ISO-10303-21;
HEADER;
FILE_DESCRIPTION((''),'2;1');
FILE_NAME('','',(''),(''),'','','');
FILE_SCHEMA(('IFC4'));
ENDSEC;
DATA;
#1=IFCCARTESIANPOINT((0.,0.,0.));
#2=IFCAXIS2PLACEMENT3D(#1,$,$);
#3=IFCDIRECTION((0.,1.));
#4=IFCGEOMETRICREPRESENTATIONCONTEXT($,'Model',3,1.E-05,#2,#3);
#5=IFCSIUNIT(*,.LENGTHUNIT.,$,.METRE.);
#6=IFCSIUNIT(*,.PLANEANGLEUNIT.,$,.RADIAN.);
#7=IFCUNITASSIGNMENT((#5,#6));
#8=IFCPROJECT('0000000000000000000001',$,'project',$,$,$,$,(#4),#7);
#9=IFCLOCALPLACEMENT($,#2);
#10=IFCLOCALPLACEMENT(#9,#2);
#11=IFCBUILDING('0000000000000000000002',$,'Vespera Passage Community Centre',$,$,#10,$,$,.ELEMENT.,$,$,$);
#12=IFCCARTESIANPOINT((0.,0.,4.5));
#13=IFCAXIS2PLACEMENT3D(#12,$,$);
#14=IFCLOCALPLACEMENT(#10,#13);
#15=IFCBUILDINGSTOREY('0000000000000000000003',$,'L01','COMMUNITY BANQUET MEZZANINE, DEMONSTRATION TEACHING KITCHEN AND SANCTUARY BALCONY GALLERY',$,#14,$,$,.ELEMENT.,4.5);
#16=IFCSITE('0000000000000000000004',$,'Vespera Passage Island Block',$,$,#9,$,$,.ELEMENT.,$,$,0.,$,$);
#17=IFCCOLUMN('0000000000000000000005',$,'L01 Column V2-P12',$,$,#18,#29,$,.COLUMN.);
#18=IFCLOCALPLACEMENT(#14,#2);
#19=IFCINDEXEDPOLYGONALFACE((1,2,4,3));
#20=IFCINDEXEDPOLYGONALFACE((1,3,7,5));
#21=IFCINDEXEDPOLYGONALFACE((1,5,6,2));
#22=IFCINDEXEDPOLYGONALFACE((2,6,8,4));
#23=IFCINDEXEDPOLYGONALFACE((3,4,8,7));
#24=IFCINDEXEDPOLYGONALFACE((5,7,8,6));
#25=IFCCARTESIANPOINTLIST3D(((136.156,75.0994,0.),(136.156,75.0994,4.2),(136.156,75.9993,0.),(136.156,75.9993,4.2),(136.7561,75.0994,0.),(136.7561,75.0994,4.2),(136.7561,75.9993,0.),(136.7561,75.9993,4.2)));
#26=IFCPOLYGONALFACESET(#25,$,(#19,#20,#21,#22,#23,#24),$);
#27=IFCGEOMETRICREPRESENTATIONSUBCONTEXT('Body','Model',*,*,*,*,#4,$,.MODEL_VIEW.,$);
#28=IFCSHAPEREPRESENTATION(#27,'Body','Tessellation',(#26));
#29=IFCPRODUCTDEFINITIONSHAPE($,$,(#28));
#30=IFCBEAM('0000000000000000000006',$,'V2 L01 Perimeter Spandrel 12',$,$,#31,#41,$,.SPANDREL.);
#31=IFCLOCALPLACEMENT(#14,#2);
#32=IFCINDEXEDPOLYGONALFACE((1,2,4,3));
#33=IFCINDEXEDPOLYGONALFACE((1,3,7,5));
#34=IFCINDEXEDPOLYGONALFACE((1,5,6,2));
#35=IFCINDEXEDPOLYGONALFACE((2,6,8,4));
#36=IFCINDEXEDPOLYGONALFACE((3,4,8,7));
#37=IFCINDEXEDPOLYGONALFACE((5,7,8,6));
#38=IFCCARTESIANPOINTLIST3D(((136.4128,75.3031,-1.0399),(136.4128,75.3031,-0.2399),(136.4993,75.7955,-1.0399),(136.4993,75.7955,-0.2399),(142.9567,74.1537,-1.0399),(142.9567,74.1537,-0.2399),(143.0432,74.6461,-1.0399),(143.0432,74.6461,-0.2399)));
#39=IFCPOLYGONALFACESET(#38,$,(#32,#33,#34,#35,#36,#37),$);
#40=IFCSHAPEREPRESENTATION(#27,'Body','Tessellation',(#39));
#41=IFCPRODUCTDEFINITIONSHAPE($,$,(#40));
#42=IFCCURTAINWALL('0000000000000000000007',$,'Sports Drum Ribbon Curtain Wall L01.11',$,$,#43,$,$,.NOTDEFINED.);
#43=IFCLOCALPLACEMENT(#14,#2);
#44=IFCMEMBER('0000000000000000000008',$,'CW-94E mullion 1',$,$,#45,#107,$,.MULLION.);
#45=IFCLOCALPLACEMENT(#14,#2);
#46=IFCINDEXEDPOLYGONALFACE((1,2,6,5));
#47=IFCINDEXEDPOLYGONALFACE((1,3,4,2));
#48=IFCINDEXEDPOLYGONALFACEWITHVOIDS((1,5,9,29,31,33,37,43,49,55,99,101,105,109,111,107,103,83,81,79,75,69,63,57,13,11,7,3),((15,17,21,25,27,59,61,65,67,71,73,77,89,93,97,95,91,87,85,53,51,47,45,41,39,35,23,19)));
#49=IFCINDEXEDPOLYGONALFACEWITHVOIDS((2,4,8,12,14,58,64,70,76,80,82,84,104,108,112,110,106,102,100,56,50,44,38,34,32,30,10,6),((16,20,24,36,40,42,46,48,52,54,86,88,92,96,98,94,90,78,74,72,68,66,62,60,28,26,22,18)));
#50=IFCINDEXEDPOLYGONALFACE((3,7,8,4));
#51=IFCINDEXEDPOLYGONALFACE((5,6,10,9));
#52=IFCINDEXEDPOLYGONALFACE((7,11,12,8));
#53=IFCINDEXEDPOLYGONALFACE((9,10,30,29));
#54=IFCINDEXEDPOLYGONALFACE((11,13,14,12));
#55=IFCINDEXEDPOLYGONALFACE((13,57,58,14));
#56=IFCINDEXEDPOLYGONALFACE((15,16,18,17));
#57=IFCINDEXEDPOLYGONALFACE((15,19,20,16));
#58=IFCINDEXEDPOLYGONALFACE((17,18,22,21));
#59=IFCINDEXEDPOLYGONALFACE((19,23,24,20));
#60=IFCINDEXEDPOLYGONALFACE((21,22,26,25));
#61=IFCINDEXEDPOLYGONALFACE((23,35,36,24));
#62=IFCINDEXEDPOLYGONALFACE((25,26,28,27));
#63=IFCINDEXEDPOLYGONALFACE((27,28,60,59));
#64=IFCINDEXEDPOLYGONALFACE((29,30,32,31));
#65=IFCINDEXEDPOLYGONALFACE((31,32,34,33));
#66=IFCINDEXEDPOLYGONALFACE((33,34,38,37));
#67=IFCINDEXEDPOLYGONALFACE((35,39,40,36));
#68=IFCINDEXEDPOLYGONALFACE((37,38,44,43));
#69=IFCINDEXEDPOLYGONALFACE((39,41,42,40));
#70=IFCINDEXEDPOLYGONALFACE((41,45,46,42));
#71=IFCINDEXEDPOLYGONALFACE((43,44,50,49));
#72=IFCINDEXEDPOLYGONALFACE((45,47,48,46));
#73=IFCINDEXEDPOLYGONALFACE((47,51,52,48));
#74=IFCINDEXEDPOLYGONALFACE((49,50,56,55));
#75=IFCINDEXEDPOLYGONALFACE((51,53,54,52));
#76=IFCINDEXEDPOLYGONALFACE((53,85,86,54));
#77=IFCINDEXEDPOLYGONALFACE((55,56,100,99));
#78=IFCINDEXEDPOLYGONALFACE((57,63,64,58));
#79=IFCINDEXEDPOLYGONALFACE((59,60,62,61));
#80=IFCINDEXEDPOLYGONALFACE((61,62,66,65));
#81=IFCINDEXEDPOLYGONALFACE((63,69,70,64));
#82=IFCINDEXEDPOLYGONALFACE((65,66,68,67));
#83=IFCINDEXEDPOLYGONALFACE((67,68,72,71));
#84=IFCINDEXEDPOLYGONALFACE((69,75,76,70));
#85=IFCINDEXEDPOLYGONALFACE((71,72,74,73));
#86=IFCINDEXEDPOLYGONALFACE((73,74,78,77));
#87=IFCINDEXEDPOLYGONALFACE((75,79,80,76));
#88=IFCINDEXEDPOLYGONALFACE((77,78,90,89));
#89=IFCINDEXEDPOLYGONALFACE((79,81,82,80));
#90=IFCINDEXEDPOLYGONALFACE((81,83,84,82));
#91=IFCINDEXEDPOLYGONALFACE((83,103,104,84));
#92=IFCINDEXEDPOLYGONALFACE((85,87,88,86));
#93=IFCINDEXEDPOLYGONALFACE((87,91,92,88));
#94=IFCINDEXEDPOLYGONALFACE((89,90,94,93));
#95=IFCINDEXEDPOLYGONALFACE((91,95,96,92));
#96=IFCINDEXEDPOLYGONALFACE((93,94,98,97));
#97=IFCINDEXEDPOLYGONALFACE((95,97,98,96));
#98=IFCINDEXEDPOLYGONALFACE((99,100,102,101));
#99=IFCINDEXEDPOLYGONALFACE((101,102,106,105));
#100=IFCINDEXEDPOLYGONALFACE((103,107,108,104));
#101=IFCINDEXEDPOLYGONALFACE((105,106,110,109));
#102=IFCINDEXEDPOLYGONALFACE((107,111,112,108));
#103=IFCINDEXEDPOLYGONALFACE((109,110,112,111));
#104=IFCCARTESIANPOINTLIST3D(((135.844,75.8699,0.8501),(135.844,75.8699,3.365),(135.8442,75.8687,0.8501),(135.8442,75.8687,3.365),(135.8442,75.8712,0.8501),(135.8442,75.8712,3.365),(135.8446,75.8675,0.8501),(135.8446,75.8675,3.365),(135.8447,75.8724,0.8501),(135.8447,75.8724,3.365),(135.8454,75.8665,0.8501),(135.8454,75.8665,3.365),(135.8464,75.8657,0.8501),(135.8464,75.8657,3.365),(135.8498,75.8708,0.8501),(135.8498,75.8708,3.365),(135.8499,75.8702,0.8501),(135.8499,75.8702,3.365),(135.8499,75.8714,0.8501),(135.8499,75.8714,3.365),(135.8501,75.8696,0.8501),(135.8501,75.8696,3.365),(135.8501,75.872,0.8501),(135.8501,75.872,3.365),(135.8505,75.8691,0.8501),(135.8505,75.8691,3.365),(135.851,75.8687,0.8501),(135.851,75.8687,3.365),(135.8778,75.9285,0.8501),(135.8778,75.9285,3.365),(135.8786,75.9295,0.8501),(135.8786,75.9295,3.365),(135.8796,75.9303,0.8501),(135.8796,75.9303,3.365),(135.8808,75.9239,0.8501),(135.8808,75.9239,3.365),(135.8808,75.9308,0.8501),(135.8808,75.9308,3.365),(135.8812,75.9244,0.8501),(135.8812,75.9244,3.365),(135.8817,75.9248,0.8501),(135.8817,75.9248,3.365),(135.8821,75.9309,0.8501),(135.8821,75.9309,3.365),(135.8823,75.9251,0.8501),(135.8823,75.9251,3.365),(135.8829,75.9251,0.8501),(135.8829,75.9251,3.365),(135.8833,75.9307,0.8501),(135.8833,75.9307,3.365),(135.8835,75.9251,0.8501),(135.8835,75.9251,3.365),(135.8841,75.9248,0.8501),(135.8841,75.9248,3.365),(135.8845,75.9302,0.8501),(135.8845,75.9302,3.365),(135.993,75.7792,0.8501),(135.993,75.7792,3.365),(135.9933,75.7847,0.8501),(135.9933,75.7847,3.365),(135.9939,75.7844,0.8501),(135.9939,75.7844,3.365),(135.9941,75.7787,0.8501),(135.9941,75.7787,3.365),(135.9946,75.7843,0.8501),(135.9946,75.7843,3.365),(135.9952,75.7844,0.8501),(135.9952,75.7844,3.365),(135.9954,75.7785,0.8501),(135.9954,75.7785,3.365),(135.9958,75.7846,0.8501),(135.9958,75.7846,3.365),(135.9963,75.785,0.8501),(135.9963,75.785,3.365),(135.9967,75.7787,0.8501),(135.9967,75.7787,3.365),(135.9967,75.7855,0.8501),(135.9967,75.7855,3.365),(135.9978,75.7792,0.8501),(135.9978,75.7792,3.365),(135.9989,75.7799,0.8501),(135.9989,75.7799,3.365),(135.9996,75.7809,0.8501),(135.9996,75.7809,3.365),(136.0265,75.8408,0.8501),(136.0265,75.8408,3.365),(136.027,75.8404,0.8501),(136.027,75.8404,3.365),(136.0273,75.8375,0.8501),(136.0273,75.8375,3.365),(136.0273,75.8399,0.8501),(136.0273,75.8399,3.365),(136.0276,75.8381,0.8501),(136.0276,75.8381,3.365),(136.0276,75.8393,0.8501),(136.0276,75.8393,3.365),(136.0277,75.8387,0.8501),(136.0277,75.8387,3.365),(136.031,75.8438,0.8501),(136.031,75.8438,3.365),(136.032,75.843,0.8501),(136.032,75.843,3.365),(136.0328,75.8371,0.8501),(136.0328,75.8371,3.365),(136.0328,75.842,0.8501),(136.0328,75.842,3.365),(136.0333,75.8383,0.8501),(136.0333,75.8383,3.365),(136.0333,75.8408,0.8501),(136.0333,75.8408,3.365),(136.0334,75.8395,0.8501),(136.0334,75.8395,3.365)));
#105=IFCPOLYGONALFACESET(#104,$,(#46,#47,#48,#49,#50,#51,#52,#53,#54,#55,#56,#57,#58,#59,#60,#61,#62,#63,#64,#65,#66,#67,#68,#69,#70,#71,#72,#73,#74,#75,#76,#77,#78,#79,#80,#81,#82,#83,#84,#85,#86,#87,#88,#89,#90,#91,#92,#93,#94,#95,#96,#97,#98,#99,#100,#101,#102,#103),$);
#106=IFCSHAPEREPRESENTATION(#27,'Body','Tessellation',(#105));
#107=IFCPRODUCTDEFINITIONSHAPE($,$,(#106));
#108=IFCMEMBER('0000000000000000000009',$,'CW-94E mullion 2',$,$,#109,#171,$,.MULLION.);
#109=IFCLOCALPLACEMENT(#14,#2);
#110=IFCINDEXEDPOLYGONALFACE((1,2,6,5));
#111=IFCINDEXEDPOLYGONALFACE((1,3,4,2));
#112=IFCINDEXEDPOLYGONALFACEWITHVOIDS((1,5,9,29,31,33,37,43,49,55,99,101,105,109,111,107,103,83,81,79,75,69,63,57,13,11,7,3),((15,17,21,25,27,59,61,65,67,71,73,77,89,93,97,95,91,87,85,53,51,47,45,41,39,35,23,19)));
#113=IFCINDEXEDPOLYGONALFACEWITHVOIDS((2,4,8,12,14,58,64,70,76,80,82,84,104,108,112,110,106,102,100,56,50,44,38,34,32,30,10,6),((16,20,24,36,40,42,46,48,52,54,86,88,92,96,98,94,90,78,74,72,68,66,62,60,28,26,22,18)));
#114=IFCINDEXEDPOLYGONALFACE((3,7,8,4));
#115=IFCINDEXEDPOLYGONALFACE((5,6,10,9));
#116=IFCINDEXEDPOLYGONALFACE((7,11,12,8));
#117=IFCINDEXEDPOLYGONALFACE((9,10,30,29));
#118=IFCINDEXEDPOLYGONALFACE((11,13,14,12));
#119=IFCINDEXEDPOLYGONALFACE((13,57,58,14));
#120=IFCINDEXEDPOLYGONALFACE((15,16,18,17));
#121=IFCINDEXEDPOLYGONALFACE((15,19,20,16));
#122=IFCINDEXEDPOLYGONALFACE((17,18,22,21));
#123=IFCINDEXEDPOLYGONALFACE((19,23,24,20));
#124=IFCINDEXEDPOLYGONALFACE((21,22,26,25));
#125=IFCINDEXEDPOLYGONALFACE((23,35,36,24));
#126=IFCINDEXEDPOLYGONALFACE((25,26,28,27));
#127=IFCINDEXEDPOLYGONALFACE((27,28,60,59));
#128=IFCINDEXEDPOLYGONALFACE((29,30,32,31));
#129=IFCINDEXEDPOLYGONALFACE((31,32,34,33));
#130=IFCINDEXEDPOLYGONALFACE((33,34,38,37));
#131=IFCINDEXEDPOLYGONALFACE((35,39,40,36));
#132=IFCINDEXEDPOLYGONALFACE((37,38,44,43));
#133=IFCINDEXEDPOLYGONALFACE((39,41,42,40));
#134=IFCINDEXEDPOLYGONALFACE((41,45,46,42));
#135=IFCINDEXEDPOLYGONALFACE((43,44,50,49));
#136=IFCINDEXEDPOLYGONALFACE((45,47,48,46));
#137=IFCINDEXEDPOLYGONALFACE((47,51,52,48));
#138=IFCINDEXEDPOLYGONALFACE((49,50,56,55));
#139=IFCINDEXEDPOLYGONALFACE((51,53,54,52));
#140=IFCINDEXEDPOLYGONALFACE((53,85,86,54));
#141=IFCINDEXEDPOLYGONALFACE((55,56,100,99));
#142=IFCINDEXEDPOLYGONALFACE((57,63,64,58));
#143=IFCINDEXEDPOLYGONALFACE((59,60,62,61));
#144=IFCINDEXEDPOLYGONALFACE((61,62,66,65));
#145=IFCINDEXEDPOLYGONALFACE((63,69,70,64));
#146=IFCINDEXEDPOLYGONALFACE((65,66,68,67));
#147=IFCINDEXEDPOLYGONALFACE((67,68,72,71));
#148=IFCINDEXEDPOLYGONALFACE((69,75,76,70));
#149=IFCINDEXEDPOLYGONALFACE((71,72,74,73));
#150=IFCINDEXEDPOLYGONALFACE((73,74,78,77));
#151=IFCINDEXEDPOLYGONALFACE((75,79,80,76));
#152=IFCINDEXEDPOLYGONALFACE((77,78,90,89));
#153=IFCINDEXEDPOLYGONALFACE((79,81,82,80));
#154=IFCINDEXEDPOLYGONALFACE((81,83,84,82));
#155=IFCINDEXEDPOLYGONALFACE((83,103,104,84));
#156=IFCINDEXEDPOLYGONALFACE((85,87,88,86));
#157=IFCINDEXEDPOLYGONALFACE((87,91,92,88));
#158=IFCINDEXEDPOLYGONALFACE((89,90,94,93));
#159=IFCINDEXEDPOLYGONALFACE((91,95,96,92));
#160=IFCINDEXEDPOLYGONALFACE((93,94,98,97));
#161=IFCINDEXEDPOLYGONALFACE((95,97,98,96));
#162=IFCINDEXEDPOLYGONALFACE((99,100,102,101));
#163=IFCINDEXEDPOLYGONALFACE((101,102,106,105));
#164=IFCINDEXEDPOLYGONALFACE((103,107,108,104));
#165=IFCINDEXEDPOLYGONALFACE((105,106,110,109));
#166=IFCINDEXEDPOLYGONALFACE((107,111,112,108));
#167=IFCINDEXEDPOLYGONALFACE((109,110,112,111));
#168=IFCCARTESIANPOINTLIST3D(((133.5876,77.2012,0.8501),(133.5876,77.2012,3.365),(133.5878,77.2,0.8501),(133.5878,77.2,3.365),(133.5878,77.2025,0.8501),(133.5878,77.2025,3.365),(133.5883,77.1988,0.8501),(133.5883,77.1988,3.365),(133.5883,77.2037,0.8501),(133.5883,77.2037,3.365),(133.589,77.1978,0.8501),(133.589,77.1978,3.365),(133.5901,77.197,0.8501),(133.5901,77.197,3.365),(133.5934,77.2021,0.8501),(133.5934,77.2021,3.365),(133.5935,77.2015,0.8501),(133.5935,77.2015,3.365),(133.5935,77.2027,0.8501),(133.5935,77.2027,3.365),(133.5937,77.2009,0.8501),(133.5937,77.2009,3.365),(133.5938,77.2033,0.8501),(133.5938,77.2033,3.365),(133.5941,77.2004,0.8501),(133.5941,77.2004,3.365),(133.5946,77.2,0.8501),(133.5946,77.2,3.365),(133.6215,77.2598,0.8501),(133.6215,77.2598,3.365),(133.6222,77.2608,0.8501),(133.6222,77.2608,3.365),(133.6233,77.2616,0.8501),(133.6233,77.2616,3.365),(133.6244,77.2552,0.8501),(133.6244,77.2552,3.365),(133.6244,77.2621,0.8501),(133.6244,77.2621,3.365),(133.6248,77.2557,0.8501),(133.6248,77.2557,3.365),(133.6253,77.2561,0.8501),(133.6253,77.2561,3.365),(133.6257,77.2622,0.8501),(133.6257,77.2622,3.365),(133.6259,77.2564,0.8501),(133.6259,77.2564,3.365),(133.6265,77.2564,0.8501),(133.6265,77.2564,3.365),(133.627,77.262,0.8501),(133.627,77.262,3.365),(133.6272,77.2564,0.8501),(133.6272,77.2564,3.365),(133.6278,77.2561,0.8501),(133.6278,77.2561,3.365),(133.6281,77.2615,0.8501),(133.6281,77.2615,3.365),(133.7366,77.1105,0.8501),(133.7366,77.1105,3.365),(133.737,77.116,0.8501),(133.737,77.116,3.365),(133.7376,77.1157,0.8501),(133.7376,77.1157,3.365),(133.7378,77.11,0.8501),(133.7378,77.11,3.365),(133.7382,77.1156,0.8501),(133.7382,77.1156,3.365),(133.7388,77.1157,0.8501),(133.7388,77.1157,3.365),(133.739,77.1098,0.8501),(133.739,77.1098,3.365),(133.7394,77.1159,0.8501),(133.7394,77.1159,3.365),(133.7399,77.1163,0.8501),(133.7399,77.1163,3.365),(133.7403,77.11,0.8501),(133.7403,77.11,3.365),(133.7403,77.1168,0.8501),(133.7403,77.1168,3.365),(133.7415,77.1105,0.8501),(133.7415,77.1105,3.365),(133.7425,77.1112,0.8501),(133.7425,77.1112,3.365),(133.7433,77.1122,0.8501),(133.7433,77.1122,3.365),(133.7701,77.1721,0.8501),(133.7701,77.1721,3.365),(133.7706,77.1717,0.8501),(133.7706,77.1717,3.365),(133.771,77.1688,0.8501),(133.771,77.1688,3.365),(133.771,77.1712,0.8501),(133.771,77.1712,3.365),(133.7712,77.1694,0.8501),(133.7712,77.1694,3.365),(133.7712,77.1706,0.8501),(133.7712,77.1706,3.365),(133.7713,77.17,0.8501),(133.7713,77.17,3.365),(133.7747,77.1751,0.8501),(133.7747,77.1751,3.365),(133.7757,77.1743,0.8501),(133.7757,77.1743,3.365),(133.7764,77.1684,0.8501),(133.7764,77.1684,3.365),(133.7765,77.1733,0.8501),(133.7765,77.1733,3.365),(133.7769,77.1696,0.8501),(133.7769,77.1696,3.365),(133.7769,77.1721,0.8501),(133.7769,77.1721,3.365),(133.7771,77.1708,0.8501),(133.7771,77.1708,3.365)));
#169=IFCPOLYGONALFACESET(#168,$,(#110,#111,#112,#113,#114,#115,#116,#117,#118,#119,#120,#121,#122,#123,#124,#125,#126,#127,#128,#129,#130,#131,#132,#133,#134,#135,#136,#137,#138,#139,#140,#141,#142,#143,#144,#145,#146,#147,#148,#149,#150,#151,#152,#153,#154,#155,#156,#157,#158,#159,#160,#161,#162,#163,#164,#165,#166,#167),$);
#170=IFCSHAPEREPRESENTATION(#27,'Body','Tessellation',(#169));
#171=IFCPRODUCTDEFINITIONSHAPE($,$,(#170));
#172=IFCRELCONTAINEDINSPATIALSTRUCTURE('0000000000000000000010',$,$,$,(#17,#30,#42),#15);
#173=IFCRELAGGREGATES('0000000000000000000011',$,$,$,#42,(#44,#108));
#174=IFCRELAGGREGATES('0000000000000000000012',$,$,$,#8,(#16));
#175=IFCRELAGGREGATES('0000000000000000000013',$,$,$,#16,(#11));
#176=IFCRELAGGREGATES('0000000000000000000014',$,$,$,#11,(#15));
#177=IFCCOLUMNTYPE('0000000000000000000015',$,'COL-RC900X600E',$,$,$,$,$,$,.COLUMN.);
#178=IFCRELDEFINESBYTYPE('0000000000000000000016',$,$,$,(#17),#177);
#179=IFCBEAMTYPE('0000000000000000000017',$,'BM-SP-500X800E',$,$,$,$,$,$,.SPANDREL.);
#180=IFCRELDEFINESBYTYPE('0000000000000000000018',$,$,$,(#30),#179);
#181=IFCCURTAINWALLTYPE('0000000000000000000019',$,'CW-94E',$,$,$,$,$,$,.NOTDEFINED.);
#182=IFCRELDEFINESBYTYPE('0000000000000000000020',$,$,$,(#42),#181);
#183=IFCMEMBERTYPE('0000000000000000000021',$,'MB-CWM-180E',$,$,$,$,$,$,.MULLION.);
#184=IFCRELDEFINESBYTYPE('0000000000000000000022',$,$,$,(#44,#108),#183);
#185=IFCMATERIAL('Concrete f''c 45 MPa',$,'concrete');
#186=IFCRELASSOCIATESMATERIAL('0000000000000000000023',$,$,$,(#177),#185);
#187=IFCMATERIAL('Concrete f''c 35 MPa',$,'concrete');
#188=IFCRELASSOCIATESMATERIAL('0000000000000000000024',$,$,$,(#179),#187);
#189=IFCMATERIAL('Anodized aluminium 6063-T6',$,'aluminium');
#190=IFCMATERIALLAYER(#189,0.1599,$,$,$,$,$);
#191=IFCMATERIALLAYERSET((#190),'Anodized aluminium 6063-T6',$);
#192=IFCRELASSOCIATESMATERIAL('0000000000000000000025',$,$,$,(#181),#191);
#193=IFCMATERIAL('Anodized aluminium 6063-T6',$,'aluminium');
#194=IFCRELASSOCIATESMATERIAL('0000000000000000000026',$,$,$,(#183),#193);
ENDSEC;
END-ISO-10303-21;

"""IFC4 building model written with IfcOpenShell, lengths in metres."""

from ifc_helpers import new_model, si_unit, direction, frame, origin, origin_2d, place, context, subcontext, project, spatial, rectangle, hollow_rectangle, extrude, material, layer, layer_set, material_profile, profile_set, type_object, element, aggregate, save


model = new_model("IFC4")

# Units and contexts
model_context = context("Model", 3, precision=1e-05, world=origin(), true_north=direction((0.0, 1.0)))
body_context = subcontext(model_context, "Body", "Model", "MODEL_VIEW")
ifc_project = project(units=[si_unit("LENGTHUNIT", "METRE"), si_unit("PLANEANGLEUNIT", "RADIAN")], contexts=[model_context])

# Site, building, storey
site_placement = place(None, origin())
site = spatial("IfcSite", under=ifc_project, at=site_placement, Name="Vespera Passage Island Block", CompositionType="ELEMENT", RefElevation=0.0)
building_placement = place(site_placement, origin())
building = spatial("IfcBuilding", under=site, at=building_placement, Name="Vespera Passage Community Centre", CompositionType="ELEMENT")
storey_placement = place(building_placement, frame((0.0, 0.0, 4.5)))
storey = spatial("IfcBuildingStorey", under=building, at=storey_placement, Name="L01", Description="COMMUNITY BANQUET MEZZANINE, DEMONSTRATION TEACHING KITCHEN AND SANCTUARY BALCONY GALLERY", CompositionType="ELEMENT", Elevation=4.5)

# Column
ifc_material_1 = material(Name="Concrete f'c 45 MPa", Category="concrete")
ifc_material_profile_1 = material_profile(ifc_material_1, rectangle(XDim=0.6001, YDim=0.8999, at=origin_2d()), Name="RC900X600")
ifc_profile_set_1 = profile_set([ifc_material_profile_1], Name="Concrete f'c 45 MPa")
column_type = type_object("IfcColumnType", Name="COL-RC900X600E", PredefinedType="COLUMN", material=ifc_profile_set_1)
column_placement = place(storey_placement, frame((136.4561, 75.5493, 0.0), z_axis=(0.0, 0.0, 1.0), x_axis=(1.0, 0.0, 0.0)))
element("IfcColumn", 1, at=column_placement, inside=storey, type_object=column_type, Name="L01 Column V2-P12", PredefinedType="COLUMN", context=body_context, shape_type="SweptSolid", body=[
    extrude(rectangle(XDim=0.6001, YDim=0.8999, at=origin_2d()), origin(), (0.0, 0.0, 1.0), 4.2),
])

# Beam
ifc_material_2 = material(Name="Concrete f'c 35 MPa", Category="concrete")
ifc_material_profile_2 = material_profile(ifc_material_2, rectangle(XDim=0.5, YDim=0.8, at=origin_2d()), Name="RC500X800")
ifc_profile_set_2 = profile_set([ifc_material_profile_2], Name="Concrete f'c 35 MPa")
beam_type = type_object("IfcBeamType", Name="BM-SP-500X800E", PredefinedType="SPANDREL", material=ifc_profile_set_2)
beam_placement = place(storey_placement, frame((136.4561, 75.5493, -0.6399), z_axis=(0.984922, -0.172997, 0.0), x_axis=(0.172997, 0.984922, 0.0)))
element("IfcBeam", 2, at=beam_placement, inside=storey, type_object=beam_type, Name="V2 L01 Perimeter Spandrel 12", PredefinedType="SPANDREL", context=body_context, shape_type="SweptSolid", body=[
    extrude(rectangle(XDim=0.5, YDim=0.8, at=origin_2d()), origin(), (0.0, 0.0, 1.0), 6.644),
])

# Curtain wall, members
ifc_material_3 = material(Name="Anodized aluminium 6063-T6", Category="aluminium")
ifc_layer_1 = layer(ifc_material_3, 0.1599)
ifc_layer_set_1 = layer_set([ifc_layer_1], Name="Anodized aluminium 6063-T6")
curtain_wall_type_1 = type_object("IfcCurtainWallType", Name="CW-94E", PredefinedType="NOTDEFINED", material=ifc_layer_set_1)
curtain_wall_1_placement = place(storey_placement, origin())
curtain_wall_1 = element("IfcCurtainWall", 3, at=curtain_wall_1_placement, inside=storey, type_object=curtain_wall_type_1, Name="Sports Drum Ribbon Curtain Wall L01.11", PredefinedType="NOTDEFINED")
ifc_material_4 = material(Name="Anodized aluminium 6063-T6", Category="aluminium")
ifc_material_profile_3 = material_profile(ifc_material_4, hollow_rectangle(XDim=0.075, YDim=0.1799, WallThickness=0.0049, InnerFilletRadius=0.0024, OuterFilletRadius=0.0049, at=origin_2d()), Name="ALU180X75X5")
ifc_profile_set_3 = profile_set([ifc_material_profile_3], Name="Anodized aluminium 6063-T6")
member_type_1 = type_object("IfcMemberType", Name="MB-CWM-180E", PredefinedType="MULLION", material=ifc_profile_set_3)
member_1_placement = place(storey_placement, frame((135.9387, 75.8547, 0.8501), z_axis=(0.0, 0.0, 1.0), x_axis=(-0.50817, -0.861257, 0.0)))
member_1 = element("IfcMember", 4, at=member_1_placement, type_object=member_type_1, Name="CW-94E mullion 1", PredefinedType="MULLION", context=body_context, shape_type="SweptSolid", body=[
    extrude(hollow_rectangle(XDim=0.075, YDim=0.1799, WallThickness=0.0049, InnerFilletRadius=0.0024, OuterFilletRadius=0.0049, at=origin_2d()), origin(), (0.0, 0.0, 1.0), 2.5149),
])
member_2_placement = place(storey_placement, frame((133.6824, 77.186, 0.8501), z_axis=(0.0, 0.0, 1.0), x_axis=(-0.50817, -0.861257, 0.0)))
member_2 = element("IfcMember", 5, at=member_2_placement, type_object=member_type_1, Name="CW-94E mullion 2", PredefinedType="MULLION", context=body_context, shape_type="SweptSolid", body=[
    extrude(hollow_rectangle(XDim=0.075, YDim=0.1799, WallThickness=0.0049, InnerFilletRadius=0.0024, OuterFilletRadius=0.0049, at=origin_2d()), origin(), (0.0, 0.0, 1.0), 2.5149),
])

aggregate(curtain_wall_1, [member_1, member_2])

save(model, "model.ifc")
